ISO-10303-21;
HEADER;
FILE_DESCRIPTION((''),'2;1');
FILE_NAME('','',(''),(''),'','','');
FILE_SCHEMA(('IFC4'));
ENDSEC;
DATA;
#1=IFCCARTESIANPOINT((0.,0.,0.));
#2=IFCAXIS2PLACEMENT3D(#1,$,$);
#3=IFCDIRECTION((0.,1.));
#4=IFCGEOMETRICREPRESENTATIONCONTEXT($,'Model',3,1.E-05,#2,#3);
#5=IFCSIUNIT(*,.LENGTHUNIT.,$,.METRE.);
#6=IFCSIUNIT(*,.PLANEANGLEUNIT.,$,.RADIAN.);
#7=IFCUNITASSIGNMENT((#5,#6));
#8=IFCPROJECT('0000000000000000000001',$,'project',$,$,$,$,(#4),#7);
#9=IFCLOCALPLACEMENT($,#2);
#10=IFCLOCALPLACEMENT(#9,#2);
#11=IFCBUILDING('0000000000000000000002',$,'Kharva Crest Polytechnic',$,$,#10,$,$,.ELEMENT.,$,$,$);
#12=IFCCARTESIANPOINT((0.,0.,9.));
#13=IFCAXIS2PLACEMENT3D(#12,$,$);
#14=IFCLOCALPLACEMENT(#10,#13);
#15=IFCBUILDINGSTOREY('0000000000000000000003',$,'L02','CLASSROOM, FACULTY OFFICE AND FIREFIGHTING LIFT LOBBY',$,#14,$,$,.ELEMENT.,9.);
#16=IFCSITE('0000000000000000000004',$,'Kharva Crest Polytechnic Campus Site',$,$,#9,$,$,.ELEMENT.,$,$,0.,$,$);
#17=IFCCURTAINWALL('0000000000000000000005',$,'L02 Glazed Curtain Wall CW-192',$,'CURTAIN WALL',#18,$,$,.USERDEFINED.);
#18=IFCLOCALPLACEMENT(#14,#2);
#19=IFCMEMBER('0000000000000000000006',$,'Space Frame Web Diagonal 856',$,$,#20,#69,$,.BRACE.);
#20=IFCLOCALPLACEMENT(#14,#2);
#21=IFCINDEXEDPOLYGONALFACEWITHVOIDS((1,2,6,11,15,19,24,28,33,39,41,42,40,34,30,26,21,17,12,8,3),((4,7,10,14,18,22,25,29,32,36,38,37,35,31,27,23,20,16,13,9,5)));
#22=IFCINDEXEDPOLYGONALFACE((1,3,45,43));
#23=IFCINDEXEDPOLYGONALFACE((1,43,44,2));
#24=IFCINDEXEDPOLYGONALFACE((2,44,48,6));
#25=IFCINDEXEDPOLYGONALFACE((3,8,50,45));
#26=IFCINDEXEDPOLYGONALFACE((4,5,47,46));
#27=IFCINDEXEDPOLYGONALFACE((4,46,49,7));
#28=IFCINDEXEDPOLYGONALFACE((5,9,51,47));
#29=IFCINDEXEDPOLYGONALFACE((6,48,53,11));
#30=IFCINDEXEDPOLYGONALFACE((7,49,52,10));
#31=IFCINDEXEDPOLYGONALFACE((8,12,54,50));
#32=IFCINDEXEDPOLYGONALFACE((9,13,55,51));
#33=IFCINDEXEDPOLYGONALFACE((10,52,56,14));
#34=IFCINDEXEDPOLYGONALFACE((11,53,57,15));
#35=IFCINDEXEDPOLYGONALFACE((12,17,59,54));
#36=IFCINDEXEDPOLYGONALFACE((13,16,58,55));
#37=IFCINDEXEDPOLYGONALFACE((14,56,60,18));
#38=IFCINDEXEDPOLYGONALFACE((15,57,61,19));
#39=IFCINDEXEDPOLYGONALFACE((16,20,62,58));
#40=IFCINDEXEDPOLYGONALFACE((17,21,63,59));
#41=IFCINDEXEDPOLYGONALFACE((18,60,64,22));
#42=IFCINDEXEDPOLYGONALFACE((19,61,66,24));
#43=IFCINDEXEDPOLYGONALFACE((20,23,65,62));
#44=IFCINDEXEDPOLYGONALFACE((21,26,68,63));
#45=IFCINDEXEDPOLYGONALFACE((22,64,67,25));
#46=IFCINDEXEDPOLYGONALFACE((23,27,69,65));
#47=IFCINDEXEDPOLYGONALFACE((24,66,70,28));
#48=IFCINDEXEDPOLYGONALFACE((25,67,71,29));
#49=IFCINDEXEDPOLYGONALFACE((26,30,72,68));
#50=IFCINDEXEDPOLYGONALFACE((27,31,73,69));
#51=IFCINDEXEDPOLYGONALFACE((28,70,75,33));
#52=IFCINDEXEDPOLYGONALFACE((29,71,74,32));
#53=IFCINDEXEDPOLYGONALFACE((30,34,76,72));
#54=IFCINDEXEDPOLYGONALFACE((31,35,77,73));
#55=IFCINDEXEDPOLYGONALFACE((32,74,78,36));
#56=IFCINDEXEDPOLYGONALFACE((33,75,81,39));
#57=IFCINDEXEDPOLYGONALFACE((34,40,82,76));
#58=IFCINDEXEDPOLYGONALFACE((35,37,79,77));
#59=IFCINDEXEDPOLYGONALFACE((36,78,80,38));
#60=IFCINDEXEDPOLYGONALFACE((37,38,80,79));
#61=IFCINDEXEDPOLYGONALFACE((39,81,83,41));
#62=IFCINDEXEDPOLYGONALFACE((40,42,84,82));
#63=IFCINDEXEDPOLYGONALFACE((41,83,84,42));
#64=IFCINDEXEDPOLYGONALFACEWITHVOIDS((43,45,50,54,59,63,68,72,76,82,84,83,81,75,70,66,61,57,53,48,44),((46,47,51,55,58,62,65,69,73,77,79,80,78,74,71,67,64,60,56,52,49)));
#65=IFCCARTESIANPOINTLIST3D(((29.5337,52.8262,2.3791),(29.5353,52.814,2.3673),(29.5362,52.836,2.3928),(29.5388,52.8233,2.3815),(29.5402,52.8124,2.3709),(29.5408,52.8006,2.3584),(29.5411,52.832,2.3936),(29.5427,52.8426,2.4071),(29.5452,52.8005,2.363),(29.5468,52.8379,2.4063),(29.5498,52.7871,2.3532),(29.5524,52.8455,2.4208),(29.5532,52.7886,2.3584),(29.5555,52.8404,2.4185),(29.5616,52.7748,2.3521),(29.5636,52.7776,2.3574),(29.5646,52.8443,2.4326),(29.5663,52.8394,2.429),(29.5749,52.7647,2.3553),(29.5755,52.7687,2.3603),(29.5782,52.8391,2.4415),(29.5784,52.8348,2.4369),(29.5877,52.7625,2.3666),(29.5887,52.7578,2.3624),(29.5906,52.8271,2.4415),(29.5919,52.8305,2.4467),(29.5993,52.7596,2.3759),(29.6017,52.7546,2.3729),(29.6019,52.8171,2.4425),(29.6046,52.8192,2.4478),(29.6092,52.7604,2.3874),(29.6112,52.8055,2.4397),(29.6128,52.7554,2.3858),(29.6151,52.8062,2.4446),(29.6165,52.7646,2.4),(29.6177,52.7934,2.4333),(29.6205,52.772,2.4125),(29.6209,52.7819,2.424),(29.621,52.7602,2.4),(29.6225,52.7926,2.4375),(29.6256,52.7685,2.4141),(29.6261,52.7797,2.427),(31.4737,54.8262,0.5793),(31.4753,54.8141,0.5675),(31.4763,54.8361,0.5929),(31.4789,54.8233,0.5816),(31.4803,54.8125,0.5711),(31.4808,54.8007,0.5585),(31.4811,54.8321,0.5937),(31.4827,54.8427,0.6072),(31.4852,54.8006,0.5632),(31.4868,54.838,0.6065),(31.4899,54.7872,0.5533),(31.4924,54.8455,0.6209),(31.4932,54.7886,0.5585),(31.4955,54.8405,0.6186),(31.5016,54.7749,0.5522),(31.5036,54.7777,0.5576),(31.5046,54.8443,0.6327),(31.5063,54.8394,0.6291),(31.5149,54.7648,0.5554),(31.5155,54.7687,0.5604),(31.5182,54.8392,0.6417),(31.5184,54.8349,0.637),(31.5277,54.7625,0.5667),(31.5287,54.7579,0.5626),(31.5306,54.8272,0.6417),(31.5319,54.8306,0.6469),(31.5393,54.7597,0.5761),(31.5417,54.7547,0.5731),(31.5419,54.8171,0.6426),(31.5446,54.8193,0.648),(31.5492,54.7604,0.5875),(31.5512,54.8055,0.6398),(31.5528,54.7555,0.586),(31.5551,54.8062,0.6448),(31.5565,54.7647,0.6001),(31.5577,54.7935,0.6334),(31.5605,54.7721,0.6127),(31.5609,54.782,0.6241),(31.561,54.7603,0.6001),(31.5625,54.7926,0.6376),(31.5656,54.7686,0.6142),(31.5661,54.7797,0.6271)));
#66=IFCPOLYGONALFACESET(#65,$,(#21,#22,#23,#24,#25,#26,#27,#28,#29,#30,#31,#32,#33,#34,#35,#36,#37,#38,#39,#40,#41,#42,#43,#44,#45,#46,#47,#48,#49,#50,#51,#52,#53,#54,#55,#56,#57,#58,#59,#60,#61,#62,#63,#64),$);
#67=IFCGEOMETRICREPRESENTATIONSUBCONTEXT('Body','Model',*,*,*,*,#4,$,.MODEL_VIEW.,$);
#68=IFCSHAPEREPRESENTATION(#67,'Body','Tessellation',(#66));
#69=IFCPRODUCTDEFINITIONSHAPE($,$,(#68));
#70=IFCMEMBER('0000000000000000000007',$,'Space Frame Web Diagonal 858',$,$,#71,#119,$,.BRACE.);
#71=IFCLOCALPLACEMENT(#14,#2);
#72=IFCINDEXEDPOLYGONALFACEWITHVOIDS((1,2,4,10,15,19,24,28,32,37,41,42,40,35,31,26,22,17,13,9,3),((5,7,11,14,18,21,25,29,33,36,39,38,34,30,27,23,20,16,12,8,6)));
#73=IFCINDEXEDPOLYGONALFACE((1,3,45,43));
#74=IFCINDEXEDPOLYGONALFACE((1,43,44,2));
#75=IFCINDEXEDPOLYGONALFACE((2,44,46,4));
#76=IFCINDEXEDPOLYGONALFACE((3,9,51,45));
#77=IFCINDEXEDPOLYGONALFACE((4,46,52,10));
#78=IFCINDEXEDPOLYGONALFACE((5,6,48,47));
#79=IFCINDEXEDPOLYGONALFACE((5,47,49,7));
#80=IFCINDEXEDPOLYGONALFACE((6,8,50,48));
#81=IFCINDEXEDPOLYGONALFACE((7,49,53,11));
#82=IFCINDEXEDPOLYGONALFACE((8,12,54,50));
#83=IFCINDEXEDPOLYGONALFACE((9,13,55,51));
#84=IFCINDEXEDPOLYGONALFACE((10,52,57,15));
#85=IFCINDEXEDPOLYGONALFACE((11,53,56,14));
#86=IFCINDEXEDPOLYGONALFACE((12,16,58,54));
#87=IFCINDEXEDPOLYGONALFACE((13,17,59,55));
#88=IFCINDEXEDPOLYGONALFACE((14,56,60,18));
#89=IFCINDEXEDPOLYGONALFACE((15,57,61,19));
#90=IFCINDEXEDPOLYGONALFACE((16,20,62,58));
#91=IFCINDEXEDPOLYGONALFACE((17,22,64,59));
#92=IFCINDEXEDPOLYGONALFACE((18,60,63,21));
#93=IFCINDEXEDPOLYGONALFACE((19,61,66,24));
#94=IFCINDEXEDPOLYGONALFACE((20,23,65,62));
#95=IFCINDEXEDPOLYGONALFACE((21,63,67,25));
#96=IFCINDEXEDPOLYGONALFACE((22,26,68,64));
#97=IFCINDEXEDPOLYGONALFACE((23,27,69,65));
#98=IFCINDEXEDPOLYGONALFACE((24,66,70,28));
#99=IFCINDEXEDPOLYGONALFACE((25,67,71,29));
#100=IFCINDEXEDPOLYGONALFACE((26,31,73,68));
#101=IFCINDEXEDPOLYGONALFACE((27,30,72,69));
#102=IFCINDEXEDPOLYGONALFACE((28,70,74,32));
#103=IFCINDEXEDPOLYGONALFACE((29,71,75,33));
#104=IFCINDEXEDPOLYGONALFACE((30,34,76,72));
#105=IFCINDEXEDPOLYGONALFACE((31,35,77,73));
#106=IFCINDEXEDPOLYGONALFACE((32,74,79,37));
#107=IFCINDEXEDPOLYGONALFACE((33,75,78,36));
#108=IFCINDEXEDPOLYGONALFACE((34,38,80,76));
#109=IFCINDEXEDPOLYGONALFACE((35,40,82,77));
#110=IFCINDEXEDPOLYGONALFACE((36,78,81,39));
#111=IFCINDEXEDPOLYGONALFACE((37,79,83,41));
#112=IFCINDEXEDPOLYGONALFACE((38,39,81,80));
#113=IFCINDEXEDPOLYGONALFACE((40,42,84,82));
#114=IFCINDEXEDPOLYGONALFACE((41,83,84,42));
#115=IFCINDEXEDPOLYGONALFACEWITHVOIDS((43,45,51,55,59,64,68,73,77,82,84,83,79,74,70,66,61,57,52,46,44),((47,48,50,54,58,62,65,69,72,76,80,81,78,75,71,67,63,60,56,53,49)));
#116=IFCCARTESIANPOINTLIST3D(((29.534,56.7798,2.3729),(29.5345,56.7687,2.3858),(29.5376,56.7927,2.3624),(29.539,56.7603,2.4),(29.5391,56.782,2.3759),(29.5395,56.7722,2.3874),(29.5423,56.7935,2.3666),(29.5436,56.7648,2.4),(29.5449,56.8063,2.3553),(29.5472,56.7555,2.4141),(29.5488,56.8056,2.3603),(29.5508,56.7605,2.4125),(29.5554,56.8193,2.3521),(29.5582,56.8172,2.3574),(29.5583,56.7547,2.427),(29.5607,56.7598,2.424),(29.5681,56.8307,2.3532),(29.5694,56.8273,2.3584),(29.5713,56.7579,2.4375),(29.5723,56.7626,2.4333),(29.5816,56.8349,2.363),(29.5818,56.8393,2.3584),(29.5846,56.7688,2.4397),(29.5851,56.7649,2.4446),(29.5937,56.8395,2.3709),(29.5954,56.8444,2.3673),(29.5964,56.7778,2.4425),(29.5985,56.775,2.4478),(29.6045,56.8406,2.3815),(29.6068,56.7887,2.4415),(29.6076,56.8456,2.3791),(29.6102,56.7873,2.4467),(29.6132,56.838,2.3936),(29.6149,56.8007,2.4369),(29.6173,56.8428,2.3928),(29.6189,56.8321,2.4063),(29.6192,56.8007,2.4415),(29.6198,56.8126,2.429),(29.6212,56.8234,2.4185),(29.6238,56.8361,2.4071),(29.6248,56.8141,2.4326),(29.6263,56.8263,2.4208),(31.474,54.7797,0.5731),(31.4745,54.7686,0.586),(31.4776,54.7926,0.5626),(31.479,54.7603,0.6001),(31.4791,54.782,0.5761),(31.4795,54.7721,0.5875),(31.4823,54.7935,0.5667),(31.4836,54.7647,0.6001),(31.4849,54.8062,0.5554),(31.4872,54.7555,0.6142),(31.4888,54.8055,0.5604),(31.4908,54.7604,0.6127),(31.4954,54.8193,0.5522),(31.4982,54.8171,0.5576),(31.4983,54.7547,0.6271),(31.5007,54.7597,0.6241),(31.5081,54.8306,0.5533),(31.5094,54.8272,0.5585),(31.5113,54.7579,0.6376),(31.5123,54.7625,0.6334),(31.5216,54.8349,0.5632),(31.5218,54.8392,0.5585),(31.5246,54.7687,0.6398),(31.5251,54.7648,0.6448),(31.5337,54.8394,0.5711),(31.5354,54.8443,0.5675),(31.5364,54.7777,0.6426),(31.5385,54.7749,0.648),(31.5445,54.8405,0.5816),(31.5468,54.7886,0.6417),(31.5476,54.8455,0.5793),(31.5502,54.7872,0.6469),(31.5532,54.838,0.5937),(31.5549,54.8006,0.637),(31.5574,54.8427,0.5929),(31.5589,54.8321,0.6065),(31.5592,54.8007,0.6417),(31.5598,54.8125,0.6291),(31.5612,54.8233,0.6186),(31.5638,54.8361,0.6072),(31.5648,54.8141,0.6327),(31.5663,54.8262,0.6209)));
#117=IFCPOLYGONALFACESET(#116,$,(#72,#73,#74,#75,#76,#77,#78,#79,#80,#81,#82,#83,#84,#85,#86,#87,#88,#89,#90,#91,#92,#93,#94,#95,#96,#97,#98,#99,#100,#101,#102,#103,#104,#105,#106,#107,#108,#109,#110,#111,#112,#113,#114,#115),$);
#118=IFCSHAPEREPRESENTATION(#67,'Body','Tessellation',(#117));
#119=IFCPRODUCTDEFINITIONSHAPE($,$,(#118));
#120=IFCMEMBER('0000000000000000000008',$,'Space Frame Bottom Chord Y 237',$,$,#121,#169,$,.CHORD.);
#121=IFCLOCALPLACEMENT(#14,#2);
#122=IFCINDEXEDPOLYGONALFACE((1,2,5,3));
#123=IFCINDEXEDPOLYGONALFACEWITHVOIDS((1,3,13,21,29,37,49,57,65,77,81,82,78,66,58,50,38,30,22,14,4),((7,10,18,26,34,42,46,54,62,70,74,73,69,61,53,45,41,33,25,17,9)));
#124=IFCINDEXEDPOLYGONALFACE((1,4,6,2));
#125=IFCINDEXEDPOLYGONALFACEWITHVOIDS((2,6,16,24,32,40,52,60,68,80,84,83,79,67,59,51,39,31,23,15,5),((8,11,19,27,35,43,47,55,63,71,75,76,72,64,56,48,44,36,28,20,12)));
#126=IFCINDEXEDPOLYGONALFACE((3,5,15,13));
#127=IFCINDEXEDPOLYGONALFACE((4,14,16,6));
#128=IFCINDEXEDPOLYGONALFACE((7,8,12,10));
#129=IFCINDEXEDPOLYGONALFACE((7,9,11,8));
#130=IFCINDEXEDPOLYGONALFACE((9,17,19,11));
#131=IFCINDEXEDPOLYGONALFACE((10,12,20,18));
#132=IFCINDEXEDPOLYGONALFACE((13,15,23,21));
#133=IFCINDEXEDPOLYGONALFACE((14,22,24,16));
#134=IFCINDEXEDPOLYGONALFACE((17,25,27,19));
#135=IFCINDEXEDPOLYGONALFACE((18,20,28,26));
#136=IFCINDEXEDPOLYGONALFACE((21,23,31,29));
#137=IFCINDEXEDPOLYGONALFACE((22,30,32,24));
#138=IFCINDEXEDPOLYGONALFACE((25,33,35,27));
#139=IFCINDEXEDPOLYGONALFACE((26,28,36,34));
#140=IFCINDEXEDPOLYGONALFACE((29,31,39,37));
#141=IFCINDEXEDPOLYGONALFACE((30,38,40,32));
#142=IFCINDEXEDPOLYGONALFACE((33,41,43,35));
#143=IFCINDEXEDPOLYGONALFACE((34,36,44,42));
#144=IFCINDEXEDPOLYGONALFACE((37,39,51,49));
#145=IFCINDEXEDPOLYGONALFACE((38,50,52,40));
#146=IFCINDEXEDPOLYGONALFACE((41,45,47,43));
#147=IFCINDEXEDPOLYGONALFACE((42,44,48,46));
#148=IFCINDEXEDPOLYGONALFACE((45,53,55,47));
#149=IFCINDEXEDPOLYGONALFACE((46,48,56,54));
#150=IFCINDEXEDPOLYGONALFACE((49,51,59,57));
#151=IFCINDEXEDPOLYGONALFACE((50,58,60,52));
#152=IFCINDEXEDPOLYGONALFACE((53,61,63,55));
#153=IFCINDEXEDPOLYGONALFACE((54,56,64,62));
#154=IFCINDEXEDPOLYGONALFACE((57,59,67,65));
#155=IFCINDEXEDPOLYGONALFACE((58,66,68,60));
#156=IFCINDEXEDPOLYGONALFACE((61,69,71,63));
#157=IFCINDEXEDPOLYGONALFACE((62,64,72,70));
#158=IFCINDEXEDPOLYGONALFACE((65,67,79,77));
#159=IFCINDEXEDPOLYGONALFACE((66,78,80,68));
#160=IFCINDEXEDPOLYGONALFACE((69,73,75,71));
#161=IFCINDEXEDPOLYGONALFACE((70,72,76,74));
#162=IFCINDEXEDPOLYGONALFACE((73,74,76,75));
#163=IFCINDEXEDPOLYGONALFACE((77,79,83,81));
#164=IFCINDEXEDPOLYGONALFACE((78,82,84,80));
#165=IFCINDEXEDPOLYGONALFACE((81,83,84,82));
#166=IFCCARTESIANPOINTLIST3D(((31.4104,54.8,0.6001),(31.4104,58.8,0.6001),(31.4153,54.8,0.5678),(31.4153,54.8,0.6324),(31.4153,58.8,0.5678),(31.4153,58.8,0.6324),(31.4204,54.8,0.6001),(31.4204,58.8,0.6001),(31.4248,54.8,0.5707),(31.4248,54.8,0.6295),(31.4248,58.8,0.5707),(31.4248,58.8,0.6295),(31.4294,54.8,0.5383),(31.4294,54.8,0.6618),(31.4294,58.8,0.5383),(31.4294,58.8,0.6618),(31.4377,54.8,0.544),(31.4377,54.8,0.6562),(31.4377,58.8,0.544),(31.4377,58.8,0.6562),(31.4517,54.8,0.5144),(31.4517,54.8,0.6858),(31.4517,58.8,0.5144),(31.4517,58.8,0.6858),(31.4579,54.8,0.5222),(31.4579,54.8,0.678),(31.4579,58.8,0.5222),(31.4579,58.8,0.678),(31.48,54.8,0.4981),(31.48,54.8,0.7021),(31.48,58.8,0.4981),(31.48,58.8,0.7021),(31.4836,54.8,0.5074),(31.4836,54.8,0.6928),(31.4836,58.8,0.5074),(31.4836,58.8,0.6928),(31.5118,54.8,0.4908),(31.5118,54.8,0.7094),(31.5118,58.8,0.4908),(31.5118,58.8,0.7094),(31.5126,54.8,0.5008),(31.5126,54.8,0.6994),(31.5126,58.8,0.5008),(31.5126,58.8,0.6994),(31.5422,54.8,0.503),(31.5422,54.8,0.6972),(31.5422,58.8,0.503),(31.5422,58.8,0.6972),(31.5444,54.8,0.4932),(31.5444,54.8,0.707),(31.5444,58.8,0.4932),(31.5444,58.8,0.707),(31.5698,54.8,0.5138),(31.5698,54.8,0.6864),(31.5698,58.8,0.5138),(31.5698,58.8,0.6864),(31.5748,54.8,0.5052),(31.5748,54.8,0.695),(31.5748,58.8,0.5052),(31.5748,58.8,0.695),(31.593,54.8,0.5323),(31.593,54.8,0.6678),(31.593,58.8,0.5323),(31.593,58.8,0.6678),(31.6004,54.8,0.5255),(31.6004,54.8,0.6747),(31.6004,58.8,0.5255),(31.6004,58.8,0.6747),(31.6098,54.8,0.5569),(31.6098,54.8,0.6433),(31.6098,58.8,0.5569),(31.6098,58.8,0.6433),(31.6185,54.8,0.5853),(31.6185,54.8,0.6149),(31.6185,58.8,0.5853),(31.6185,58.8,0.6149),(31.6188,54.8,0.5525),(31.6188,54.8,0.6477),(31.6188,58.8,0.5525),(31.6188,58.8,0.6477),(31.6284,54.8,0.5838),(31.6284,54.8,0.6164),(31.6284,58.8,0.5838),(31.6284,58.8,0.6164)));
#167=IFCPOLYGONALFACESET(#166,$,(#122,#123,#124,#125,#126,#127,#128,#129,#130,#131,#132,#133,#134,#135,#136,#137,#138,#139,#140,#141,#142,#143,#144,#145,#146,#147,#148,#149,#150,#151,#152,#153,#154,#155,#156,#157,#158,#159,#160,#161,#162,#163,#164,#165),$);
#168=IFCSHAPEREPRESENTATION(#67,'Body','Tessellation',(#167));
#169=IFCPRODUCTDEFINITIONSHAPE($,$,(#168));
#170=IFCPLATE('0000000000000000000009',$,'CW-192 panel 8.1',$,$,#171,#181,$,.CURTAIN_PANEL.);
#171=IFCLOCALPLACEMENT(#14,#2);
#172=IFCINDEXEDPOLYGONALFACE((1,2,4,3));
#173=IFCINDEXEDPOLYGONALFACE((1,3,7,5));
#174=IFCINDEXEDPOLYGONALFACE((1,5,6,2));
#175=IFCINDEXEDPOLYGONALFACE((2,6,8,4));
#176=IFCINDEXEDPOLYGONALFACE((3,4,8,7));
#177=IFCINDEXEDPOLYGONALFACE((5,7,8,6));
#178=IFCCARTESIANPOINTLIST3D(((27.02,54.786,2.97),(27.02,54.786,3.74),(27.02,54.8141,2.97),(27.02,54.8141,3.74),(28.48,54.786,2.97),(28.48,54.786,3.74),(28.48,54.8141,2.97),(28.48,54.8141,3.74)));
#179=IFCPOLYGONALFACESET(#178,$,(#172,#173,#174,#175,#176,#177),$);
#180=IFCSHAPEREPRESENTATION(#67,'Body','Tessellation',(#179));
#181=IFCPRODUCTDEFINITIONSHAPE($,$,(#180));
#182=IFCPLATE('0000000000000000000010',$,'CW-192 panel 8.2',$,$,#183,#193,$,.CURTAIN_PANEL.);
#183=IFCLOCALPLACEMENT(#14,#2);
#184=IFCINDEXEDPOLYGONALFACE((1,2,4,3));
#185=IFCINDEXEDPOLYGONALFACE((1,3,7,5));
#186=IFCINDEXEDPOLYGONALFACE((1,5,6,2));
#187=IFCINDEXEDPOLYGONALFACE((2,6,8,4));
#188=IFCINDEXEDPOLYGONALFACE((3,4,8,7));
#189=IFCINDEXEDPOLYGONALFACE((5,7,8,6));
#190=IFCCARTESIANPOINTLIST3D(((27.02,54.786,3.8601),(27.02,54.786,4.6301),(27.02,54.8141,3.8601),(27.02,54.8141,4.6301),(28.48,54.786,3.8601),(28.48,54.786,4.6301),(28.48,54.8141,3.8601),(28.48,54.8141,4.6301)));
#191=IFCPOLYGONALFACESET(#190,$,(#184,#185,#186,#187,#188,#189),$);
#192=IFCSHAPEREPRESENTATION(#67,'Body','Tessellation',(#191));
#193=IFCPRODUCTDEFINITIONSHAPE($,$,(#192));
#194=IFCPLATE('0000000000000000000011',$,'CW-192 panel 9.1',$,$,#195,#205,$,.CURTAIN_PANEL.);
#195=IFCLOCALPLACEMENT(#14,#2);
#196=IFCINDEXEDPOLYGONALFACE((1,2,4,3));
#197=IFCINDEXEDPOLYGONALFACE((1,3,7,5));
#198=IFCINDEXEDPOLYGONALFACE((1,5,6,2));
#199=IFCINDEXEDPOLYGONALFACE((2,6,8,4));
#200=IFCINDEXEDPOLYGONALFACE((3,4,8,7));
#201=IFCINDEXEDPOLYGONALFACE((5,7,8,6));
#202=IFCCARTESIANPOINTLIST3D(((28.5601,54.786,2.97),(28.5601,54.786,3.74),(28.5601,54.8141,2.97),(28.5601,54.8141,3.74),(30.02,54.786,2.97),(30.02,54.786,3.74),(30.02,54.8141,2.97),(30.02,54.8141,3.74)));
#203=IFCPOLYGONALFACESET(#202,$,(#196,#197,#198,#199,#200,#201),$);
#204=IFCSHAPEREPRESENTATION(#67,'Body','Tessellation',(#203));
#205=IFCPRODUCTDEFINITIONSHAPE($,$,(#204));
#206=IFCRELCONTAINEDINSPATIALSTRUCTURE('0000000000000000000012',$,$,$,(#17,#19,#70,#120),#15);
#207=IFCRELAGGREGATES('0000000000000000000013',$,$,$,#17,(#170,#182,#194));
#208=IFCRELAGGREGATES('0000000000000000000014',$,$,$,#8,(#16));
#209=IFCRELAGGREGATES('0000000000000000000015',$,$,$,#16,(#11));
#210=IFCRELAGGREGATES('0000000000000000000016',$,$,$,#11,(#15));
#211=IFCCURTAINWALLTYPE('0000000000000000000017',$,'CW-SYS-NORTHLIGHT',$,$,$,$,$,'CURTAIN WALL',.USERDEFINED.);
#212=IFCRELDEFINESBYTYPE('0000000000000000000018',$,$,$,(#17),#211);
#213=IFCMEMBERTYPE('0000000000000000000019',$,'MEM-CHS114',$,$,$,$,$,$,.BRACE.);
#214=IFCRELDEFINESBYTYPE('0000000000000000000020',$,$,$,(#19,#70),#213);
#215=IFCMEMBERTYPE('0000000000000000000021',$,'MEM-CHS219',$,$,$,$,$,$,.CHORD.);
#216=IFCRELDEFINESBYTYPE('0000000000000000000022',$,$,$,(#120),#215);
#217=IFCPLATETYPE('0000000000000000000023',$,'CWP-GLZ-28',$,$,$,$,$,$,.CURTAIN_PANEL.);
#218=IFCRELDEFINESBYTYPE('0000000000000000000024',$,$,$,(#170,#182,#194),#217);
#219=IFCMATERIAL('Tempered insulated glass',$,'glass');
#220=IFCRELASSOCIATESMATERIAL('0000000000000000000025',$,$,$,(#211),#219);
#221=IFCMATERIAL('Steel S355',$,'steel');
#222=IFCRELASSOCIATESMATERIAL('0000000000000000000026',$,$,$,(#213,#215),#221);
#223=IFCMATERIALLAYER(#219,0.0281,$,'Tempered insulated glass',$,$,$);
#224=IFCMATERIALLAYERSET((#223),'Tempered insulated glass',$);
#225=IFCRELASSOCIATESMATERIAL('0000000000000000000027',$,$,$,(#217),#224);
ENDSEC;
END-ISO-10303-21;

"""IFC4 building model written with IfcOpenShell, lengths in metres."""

from ifc_helpers import new_model, si_unit, direction, frame, origin, origin_2d, place, context, subcontext, project, spatial, rectangle, hollow_circle, extrude, material, layer, layer_set, material_profile, profile_set, type_object, element, aggregate, save


model = new_model("IFC4")

# Units and contexts
model_context = context("Model", 3, precision=1e-05, world=origin(), true_north=direction((0.0, 1.0)))
body_context = subcontext(model_context, "Body", "Model", "MODEL_VIEW")
ifc_project = project(units=[si_unit("LENGTHUNIT", "METRE"), si_unit("PLANEANGLEUNIT", "RADIAN")], contexts=[model_context])

# Site, building, storey
site_placement = place(None, origin())
site = spatial("IfcSite", under=ifc_project, at=site_placement, Name="Kharva Crest Polytechnic Campus Site", CompositionType="ELEMENT", RefElevation=0.0)
building_placement = place(site_placement, origin())
building = spatial("IfcBuilding", under=site, at=building_placement, Name="Kharva Crest Polytechnic", CompositionType="ELEMENT")
storey_placement = place(building_placement, frame((0.0, 0.0, 9.0)))
storey = spatial("IfcBuildingStorey", under=building, at=storey_placement, Name="L02", Description="CLASSROOM, FACULTY OFFICE AND FIREFIGHTING LIFT LOBBY", CompositionType="ELEMENT", Elevation=9.0)

# Curtain wall
ifc_material_1 = material(Name="Tempered insulated glass", Category="glass")
curtain_wall_type = type_object("IfcCurtainWallType", Name="CW-SYS-NORTHLIGHT", ElementType="CURTAIN WALL", PredefinedType="USERDEFINED", material=ifc_material_1)
curtain_wall_placement = place(storey_placement, origin())
curtain_wall = element("IfcCurtainWall", 1, at=curtain_wall_placement, inside=storey, type_object=curtain_wall_type, Name="L02 Glazed Curtain Wall CW-192", ObjectType="CURTAIN WALL", PredefinedType="USERDEFINED")
ifc_material_2 = material(Name="Steel S355", Category="steel")

# Members
ifc_material_profile_1 = material_profile(ifc_material_2, hollow_circle(Radius=0.0571, WallThickness=0.0063, at=origin_2d()), Name="CHS 114.3X6.3")
ifc_profile_set_1 = profile_set([ifc_material_profile_1], Name="Steel S355")
member_type_1 = type_object("IfcMemberType", Name="MEM-CHS114", PredefinedType="BRACE", material=ifc_profile_set_1)
for number, where, z_axis, x_axis, name in (
    (2, (31.52, 54.8, 0.6001), (-0.584843, -0.60295, 0.542596), (0.717802, -0.696247, 0.0), "Space Frame Web Diagonal 856"),
    (3, (31.52, 54.8, 0.6001), (-0.584843, 0.60295, 0.542596), (-0.717802, -0.696247, 0.0), "Space Frame Web Diagonal 858"),
):
    element("IfcMember", number, at=place(storey_placement, frame(where, z_axis=z_axis, x_axis=x_axis)), inside=storey, type_object=member_type_1, Name=name, PredefinedType="BRACE", context=body_context, shape_type="SweptSolid", body=[
        extrude(hollow_circle(Radius=0.0571, WallThickness=0.0063, at=origin_2d()), origin(), (0.0, 0.0, 1.0), 3.3171),
    ])
ifc_material_profile_2 = material_profile(ifc_material_2, hollow_circle(Radius=0.1096, WallThickness=0.01, at=origin_2d()), Name="CHS 219.1X10.0")
ifc_profile_set_2 = profile_set([ifc_material_profile_2], Name="Steel S355")
member_type_2 = type_object("IfcMemberType", Name="MEM-CHS219", PredefinedType="CHORD", material=ifc_profile_set_2)
member_1_placement = place(storey_placement, frame((31.52, 54.8, 0.6001), z_axis=(0.0, 1.0, 0.0), x_axis=(-1.0, 0.0, 0.0)))
element("IfcMember", 4, at=member_1_placement, inside=storey, type_object=member_type_2, Name="Space Frame Bottom Chord Y 237", PredefinedType="CHORD", context=body_context, shape_type="SweptSolid", body=[
    extrude(hollow_circle(Radius=0.1096, WallThickness=0.01, at=origin_2d()), origin(), (0.0, 0.0, 1.0), 4.0),
])

# Plates
ifc_layer = layer(ifc_material_1, 0.0281, Name="Tempered insulated glass")
ifc_layer_set = layer_set([ifc_layer], Name="Tempered insulated glass")
plate_type_1 = type_object("IfcPlateType", Name="CWP-GLZ-28", PredefinedType="CURTAIN_PANEL", material=ifc_layer_set)
plate_1_placement = place(storey_placement, frame((27.75, 54.8, 2.97), z_axis=(0.0, 0.0, 1.0), x_axis=(1.0, 0.0, 0.0)))
plate_1 = element("IfcPlate", 5, at=plate_1_placement, type_object=plate_type_1, Name="CW-192 panel 8.1", PredefinedType="CURTAIN_PANEL", context=body_context, shape_type="SweptSolid", body=[
    extrude(rectangle(XDim=1.46, YDim=0.0281, at=origin_2d()), origin(), (0.0, 0.0, 1.0), 0.77),
])
plate_2_placement = place(storey_placement, frame((27.75, 54.8, 3.8601), z_axis=(0.0, 0.0, 1.0), x_axis=(1.0, 0.0, 0.0)))
plate_2 = element("IfcPlate", 6, at=plate_2_placement, type_object=plate_type_1, Name="CW-192 panel 8.2", PredefinedType="CURTAIN_PANEL", context=body_context, shape_type="SweptSolid", body=[
    extrude(rectangle(XDim=1.46, YDim=0.0281, at=origin_2d()), origin(), (0.0, 0.0, 1.0), 0.77),
])
plate_3_placement = place(storey_placement, frame((29.29, 54.8, 2.97), z_axis=(0.0, 0.0, 1.0), x_axis=(1.0, 0.0, 0.0)))
plate_3 = element("IfcPlate", 7, at=plate_3_placement, type_object=plate_type_1, Name="CW-192 panel 9.1", PredefinedType="CURTAIN_PANEL", context=body_context, shape_type="SweptSolid", body=[
    extrude(rectangle(XDim=1.46, YDim=0.0281, at=origin_2d()), origin(), (0.0, 0.0, 1.0), 0.77),
])
aggregate(curtain_wall, [plate_1, plate_2, plate_3])

save(model, "model.ifc")
